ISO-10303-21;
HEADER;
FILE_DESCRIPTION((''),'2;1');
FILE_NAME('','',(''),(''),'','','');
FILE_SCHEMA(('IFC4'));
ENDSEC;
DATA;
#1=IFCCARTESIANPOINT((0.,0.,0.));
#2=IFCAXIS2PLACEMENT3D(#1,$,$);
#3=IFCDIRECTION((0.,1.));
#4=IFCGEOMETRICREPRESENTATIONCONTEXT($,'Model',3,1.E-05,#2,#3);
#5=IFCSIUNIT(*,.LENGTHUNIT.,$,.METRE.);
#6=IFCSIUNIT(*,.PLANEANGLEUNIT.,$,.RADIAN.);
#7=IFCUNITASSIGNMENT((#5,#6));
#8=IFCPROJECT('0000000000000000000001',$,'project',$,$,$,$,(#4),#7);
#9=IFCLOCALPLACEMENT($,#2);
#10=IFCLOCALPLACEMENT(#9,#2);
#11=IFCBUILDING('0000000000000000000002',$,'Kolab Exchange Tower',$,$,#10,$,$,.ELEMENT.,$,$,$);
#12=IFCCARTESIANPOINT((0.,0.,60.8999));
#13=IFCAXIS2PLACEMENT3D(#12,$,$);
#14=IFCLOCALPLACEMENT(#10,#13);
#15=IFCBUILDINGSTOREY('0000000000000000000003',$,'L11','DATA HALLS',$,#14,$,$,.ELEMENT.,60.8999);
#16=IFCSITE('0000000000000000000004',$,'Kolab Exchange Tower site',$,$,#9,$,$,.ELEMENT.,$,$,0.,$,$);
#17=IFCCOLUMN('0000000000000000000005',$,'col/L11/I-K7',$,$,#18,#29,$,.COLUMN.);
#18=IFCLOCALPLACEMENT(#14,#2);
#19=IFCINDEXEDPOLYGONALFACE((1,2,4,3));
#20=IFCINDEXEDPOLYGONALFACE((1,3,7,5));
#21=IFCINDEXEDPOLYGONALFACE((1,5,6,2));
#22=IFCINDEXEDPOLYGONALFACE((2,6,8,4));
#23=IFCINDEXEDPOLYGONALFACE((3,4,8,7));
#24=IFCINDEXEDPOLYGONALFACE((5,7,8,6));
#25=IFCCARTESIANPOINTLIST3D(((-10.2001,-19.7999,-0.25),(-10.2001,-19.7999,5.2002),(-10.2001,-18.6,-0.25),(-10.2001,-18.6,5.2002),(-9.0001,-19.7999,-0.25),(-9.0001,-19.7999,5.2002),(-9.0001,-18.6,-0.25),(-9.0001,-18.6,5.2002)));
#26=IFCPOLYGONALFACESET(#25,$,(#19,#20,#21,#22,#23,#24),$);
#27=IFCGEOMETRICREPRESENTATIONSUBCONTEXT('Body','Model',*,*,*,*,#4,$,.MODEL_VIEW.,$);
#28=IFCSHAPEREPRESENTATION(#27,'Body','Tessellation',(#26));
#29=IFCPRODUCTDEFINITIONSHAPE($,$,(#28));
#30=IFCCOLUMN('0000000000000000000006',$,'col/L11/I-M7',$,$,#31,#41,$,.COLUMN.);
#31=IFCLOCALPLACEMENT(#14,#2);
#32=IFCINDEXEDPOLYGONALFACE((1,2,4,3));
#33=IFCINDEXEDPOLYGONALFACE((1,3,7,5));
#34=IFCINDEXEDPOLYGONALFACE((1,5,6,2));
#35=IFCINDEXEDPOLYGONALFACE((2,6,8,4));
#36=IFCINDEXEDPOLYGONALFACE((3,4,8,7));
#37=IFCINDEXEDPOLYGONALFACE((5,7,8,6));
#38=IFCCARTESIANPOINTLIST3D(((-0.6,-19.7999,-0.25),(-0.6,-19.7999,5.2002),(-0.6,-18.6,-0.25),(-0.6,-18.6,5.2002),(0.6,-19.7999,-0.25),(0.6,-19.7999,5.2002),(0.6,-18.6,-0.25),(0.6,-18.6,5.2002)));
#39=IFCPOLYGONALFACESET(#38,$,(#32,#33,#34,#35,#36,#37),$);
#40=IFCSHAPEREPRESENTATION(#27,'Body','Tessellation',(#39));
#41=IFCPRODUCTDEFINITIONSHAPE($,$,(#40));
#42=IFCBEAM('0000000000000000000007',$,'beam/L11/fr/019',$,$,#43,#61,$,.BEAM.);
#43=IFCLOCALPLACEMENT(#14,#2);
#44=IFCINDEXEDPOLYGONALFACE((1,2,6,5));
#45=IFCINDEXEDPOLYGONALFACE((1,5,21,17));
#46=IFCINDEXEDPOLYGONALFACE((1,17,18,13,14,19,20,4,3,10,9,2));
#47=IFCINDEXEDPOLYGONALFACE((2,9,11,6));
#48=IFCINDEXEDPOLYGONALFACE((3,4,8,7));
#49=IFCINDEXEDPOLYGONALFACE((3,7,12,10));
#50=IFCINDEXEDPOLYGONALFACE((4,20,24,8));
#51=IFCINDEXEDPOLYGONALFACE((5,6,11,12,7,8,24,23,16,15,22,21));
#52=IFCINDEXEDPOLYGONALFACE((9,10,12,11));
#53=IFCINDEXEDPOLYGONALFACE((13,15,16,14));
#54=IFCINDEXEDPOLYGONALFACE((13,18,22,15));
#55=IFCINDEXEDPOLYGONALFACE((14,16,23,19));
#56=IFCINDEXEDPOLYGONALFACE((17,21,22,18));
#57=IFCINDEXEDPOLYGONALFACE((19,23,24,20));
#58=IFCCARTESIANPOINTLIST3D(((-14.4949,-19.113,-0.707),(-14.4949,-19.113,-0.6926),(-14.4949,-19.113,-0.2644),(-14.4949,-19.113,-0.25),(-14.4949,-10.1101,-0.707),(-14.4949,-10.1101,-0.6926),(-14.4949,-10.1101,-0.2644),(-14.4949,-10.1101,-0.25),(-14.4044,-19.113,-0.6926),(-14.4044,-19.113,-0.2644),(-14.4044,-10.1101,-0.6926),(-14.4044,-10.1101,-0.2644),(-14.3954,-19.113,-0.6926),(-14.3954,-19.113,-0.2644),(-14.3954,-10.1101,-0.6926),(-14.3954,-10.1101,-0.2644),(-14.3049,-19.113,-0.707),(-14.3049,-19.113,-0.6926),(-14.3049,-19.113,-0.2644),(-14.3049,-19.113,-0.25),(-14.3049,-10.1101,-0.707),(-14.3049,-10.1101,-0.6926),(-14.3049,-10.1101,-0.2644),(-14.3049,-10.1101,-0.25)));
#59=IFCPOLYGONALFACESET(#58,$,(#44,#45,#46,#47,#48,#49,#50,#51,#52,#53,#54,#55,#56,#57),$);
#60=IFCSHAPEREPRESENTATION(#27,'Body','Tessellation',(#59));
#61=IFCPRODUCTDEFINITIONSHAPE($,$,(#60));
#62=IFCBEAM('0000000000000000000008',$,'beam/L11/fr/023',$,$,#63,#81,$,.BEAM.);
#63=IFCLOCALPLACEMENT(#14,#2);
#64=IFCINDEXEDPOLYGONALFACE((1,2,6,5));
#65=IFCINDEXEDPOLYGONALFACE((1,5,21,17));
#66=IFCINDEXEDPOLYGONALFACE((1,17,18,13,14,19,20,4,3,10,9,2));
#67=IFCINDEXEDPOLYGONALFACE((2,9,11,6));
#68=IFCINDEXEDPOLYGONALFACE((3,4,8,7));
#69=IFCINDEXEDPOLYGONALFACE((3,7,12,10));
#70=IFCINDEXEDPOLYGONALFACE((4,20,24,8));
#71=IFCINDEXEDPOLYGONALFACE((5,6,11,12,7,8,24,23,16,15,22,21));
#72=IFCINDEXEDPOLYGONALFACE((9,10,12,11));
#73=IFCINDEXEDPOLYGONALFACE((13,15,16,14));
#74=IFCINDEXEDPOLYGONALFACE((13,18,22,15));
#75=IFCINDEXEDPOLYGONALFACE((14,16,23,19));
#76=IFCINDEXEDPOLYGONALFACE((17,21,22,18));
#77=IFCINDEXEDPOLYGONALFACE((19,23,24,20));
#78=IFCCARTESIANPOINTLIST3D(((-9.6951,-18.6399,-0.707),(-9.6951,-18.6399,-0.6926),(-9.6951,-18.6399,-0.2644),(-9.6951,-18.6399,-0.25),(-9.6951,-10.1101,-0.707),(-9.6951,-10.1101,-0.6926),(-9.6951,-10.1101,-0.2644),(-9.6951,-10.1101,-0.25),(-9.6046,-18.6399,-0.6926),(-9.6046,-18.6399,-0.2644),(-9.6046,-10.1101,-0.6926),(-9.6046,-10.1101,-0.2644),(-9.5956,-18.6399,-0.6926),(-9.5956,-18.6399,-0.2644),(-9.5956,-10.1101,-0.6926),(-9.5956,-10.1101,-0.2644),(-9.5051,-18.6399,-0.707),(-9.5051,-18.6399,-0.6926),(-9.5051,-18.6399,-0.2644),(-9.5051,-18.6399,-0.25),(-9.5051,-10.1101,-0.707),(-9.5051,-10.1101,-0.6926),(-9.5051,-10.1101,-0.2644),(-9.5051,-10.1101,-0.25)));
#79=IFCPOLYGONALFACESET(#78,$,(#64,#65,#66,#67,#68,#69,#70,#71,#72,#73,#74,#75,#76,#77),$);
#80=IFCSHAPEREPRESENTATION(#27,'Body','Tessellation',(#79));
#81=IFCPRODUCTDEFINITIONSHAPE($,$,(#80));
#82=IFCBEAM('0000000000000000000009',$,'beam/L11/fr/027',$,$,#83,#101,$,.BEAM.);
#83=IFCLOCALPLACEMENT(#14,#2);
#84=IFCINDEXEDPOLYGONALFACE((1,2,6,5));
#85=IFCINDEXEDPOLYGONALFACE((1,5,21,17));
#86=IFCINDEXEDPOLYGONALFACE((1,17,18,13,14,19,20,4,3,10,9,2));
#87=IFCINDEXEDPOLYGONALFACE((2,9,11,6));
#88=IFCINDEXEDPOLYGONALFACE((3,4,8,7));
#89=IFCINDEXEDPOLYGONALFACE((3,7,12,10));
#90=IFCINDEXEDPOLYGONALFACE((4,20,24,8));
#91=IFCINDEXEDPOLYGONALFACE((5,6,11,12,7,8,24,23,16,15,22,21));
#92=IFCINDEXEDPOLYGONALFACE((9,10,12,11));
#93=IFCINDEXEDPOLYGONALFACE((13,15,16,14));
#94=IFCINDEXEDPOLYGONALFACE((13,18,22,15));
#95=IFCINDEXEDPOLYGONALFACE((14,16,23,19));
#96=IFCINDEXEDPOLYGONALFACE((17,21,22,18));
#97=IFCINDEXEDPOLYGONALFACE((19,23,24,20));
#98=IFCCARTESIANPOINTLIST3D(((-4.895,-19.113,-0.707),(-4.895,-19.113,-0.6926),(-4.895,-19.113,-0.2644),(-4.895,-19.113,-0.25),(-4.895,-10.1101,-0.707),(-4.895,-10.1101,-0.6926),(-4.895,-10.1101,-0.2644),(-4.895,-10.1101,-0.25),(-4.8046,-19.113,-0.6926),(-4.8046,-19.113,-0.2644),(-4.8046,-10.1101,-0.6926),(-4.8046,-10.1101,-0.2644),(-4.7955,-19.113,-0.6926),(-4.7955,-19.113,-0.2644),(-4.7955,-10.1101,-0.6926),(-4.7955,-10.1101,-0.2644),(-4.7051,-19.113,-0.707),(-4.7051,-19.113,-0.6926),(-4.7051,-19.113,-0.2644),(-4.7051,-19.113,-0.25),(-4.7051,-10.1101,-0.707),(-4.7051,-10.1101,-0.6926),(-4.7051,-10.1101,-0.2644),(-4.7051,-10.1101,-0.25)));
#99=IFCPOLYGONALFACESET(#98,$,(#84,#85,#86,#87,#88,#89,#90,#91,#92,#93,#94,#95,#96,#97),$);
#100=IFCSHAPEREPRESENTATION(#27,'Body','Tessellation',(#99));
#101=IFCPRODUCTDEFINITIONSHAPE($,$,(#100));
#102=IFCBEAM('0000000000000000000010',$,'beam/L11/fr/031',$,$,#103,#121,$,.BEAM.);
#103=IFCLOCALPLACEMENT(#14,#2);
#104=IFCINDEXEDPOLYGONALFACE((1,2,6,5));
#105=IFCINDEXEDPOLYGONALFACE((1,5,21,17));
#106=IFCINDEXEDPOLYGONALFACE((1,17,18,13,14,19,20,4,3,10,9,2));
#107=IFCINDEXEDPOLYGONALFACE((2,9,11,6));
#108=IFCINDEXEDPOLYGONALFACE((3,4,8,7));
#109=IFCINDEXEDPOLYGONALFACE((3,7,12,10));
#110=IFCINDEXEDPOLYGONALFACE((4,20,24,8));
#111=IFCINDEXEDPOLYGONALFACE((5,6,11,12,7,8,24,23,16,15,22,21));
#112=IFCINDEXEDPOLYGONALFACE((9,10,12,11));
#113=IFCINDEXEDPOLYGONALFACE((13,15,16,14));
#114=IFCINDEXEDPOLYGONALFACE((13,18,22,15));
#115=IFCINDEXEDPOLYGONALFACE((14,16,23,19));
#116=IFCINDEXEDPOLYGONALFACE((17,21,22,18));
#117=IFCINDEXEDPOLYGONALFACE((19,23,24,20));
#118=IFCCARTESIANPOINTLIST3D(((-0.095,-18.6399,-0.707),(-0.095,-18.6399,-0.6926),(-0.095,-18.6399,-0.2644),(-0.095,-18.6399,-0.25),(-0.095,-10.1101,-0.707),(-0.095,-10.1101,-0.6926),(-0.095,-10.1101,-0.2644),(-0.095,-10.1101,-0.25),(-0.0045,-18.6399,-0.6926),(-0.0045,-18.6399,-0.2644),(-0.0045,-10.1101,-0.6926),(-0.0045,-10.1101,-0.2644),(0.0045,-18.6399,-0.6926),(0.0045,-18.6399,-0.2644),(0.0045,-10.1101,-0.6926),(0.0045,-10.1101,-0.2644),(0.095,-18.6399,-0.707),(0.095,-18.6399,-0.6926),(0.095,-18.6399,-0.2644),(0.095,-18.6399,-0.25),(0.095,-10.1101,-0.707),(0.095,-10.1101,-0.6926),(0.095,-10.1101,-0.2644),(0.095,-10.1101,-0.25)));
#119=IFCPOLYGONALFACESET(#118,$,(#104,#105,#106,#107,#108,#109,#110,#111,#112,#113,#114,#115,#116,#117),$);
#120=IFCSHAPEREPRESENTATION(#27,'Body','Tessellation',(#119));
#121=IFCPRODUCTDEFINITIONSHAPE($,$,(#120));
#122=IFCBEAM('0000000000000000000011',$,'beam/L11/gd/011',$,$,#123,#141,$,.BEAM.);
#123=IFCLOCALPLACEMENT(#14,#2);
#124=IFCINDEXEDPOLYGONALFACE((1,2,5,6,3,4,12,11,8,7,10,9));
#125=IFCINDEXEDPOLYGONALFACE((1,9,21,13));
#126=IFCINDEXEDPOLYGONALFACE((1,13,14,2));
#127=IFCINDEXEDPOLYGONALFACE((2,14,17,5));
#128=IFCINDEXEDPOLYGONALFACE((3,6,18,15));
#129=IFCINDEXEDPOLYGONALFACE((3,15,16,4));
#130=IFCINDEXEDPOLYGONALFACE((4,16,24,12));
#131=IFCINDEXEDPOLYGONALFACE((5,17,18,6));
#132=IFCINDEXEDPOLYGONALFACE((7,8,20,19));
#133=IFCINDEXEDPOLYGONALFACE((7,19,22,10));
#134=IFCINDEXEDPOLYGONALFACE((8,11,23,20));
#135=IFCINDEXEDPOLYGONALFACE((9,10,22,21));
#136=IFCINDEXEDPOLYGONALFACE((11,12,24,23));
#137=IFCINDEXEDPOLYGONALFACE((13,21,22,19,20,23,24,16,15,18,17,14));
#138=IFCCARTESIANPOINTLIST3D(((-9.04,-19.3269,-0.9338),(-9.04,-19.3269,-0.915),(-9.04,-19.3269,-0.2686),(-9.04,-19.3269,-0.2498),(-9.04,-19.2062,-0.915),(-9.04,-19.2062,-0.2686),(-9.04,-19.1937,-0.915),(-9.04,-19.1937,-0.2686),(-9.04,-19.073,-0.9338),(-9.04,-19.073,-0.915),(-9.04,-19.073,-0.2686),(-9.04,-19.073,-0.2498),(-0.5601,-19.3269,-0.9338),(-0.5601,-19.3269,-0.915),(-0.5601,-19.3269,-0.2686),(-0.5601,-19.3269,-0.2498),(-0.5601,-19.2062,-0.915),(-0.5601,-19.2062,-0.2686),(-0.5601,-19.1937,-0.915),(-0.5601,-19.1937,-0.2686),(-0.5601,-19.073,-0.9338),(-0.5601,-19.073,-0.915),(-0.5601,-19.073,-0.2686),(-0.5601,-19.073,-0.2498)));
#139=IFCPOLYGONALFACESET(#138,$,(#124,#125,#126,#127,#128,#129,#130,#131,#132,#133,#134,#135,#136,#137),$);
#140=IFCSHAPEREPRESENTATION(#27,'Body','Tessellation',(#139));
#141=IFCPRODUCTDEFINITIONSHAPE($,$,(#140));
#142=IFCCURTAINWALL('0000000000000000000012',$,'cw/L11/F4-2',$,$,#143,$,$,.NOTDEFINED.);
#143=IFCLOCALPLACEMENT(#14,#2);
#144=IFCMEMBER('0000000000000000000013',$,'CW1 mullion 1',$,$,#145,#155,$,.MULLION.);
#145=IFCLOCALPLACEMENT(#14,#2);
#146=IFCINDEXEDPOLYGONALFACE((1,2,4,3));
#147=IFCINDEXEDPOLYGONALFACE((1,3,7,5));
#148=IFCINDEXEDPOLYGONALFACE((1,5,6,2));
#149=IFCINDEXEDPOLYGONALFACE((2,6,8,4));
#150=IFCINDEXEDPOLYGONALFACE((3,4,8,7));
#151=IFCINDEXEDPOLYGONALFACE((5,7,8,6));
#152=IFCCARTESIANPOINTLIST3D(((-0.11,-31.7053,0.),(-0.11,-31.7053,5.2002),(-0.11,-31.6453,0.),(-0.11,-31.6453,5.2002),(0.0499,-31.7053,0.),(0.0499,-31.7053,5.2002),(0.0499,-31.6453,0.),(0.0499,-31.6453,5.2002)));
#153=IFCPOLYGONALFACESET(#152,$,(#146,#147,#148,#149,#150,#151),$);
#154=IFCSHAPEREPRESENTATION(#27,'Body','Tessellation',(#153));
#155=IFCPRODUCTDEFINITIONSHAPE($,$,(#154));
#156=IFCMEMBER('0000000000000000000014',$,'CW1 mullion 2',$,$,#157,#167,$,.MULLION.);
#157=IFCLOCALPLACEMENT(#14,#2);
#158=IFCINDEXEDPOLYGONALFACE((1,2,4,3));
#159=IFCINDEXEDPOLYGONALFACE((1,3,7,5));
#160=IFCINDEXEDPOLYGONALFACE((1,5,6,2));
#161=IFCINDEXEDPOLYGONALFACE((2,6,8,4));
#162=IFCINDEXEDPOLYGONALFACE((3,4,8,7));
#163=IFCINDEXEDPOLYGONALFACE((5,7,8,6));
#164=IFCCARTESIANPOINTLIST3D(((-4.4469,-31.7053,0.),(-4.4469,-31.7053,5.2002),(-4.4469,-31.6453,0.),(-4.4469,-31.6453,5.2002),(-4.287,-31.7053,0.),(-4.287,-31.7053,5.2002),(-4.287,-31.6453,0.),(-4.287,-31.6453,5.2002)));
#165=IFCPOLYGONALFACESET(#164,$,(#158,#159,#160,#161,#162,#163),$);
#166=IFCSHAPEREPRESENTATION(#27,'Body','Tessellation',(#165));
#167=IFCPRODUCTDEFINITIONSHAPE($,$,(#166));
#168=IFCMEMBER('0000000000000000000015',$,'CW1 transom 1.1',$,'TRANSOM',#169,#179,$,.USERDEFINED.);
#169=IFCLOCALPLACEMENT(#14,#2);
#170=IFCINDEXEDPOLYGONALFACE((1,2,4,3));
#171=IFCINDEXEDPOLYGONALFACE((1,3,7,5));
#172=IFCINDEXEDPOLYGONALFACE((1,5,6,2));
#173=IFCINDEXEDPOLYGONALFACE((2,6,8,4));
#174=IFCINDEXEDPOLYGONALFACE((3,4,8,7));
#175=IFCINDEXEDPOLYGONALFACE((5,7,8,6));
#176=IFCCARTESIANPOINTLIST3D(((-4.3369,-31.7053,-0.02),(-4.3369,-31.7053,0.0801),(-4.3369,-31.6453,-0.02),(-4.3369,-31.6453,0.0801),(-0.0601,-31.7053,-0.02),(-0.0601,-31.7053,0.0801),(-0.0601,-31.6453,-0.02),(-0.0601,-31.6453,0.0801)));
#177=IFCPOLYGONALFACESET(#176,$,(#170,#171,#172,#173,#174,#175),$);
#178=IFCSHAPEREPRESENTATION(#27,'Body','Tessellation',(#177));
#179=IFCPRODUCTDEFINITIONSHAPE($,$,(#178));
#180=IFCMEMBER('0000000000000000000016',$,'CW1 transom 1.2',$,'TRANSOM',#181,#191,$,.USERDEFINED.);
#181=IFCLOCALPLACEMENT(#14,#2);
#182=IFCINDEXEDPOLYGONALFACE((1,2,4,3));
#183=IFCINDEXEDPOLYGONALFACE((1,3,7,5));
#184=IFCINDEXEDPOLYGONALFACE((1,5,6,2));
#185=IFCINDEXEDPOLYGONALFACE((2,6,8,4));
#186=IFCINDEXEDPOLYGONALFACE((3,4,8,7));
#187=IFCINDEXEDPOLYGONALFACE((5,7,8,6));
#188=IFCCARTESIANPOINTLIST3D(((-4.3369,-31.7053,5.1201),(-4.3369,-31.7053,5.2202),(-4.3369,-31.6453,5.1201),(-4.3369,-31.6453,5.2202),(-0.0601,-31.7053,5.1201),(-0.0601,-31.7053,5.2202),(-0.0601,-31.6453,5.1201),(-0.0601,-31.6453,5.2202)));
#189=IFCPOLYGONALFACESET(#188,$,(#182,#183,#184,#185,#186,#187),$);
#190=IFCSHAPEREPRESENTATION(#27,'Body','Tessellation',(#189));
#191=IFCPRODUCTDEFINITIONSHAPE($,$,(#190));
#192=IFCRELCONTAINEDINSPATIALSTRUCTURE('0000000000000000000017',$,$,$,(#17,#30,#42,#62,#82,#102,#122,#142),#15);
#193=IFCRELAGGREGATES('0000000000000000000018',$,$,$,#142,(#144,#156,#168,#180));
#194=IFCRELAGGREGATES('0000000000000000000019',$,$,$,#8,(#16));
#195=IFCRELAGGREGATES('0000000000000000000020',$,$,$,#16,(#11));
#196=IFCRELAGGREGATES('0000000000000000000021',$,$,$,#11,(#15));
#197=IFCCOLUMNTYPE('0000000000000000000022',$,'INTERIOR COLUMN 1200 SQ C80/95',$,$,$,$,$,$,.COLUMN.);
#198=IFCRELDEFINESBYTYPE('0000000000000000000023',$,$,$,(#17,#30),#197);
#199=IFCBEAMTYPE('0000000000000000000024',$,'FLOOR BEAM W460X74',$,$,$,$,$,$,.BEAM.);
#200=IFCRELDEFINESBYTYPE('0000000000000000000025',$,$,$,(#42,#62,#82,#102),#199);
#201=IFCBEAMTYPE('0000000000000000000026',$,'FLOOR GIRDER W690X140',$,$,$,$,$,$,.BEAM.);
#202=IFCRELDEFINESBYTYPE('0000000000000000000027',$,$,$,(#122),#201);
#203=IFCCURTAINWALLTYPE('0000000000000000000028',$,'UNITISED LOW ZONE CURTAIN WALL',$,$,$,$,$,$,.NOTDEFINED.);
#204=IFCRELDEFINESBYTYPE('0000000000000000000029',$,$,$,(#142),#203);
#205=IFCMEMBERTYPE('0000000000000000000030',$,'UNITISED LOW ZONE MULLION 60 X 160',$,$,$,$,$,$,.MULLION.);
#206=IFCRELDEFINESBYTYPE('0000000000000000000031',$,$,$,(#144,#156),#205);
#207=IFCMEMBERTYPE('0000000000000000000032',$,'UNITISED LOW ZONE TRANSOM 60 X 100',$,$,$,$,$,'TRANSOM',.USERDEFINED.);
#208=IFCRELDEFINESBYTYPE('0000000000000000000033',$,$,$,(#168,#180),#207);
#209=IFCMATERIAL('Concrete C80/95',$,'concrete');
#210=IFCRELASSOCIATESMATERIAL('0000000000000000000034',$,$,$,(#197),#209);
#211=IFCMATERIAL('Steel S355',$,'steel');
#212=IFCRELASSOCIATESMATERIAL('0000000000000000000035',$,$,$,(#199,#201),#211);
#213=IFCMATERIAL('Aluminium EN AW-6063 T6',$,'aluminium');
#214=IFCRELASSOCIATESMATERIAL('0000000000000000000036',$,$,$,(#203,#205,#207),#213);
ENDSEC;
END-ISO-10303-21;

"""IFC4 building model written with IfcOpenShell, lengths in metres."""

from ifc_helpers import new_model, si_unit, direction, frame, origin, origin_2d, place, context, subcontext, project, spatial, rectangle, i_section, extrude, material, material_profile, profile_set, type_object, element, aggregate, save


model = new_model("IFC4")

# Units and contexts
model_context = context("Model", 3, precision=1e-05, world=origin(), true_north=direction((0.0, 1.0)))
body_context = subcontext(model_context, "Body", "Model", "MODEL_VIEW")
ifc_project = project(units=[si_unit("LENGTHUNIT", "METRE"), si_unit("PLANEANGLEUNIT", "RADIAN")], contexts=[model_context])

# Site, building, storey
site_placement = place(None, origin())
site = spatial("IfcSite", under=ifc_project, at=site_placement, Name="Kolab Exchange Tower site", CompositionType="ELEMENT", RefElevation=0.0)
building_placement = place(site_placement, origin())
building = spatial("IfcBuilding", under=site, at=building_placement, Name="Kolab Exchange Tower", CompositionType="ELEMENT")
storey_placement = place(building_placement, frame((0.0, 0.0, 60.8999)))
storey = spatial("IfcBuildingStorey", under=building, at=storey_placement, Name="L11", Description="DATA HALLS", CompositionType="ELEMENT", Elevation=60.8999)

# Columns
ifc_material_1 = material(Name="Concrete C80/95", Category="concrete")
ifc_material_profile_1 = material_profile(ifc_material_1, rectangle(XDim=1.2, YDim=1.2, at=origin_2d()), Name="RC1200")
ifc_profile_set_1 = profile_set([ifc_material_profile_1], Name="Concrete C80/95")
column_type = type_object("IfcColumnType", Name="INTERIOR COLUMN 1200 SQ C80/95", PredefinedType="COLUMN", material=ifc_profile_set_1)
for number, where, z_axis, x_axis, name in (
    (1, (-9.6001, -19.2, -0.25), (0.0, 0.0, 1.0), (1.0, 0.0, 0.0), "col/L11/I-K7"),
    (2, (0.0, -19.2, -0.25), (0.0, 0.0, 1.0), (1.0, 0.0, 0.0), "col/L11/I-M7"),
):
    element("IfcColumn", number, at=place(storey_placement, frame(where, z_axis=z_axis, x_axis=x_axis)), inside=storey, type_object=column_type, Name=name, PredefinedType="COLUMN", context=body_context, shape_type="SweptSolid", body=[
        extrude(rectangle(XDim=1.2, YDim=1.2, at=origin_2d()), origin(), (0.0, 0.0, 1.0), 5.4502),
    ])

# Beams
ifc_material_2 = material(Name="Steel S355", Category="steel")
ifc_material_profile_2 = material_profile(ifc_material_2, i_section(OverallWidth=0.1899, OverallDepth=0.457, WebThickness=0.009, FlangeThickness=0.0144, at=origin_2d()), Name="W460X74")
ifc_profile_set_2 = profile_set([ifc_material_profile_2], Name="Steel S355")
beam_type_1 = type_object("IfcBeamType", Name="FLOOR BEAM W460X74", PredefinedType="BEAM", material=ifc_profile_set_2)
beam_1_placement = place(storey_placement, frame((-14.3999, -19.113, -0.4785), z_axis=(0.0, 1.0, 0.0), x_axis=(-1.0, 0.0, 0.0)))
element("IfcBeam", 3, at=beam_1_placement, inside=storey, type_object=beam_type_1, Name="beam/L11/fr/019", PredefinedType="BEAM", context=body_context, shape_type="SweptSolid", body=[
    extrude(i_section(OverallWidth=0.1899, OverallDepth=0.457, WebThickness=0.009, FlangeThickness=0.0144, at=origin_2d()), origin(), (0.0, 0.0, 1.0), 9.0029),
])
beam_2_placement = place(storey_placement, frame((-9.6001, -18.6399, -0.4785), z_axis=(0.0, 1.0, 0.0), x_axis=(-1.0, 0.0, 0.0)))
element("IfcBeam", 4, at=beam_2_placement, inside=storey, type_object=beam_type_1, Name="beam/L11/fr/023", PredefinedType="BEAM", context=body_context, shape_type="SweptSolid", body=[
    extrude(i_section(OverallWidth=0.1899, OverallDepth=0.457, WebThickness=0.009, FlangeThickness=0.0144, at=origin_2d()), origin(), (0.0, 0.0, 1.0), 8.5298),
])
beam_3_placement = place(storey_placement, frame((-4.8, -19.113, -0.4785), z_axis=(0.0, 1.0, 0.0), x_axis=(-1.0, 0.0, 0.0)))
element("IfcBeam", 5, at=beam_3_placement, inside=storey, type_object=beam_type_1, Name="beam/L11/fr/027", PredefinedType="BEAM", context=body_context, shape_type="SweptSolid", body=[
    extrude(i_section(OverallWidth=0.1899, OverallDepth=0.457, WebThickness=0.009, FlangeThickness=0.0144, at=origin_2d()), origin(), (0.0, 0.0, 1.0), 9.0029),
])
beam_4_placement = place(storey_placement, frame((0.0, -18.6399, -0.4785), z_axis=(0.0, 1.0, 0.0), x_axis=(-1.0, 0.0, 0.0)))
element("IfcBeam", 6, at=beam_4_placement, inside=storey, type_object=beam_type_1, Name="beam/L11/fr/031", PredefinedType="BEAM", context=body_context, shape_type="SweptSolid", body=[
    extrude(i_section(OverallWidth=0.1899, OverallDepth=0.457, WebThickness=0.009, FlangeThickness=0.0144, at=origin_2d()), origin(), (0.0, 0.0, 1.0), 8.5298),
])
ifc_material_profile_3 = material_profile(ifc_material_2, i_section(OverallWidth=0.2539, OverallDepth=0.6841, WebThickness=0.0125, FlangeThickness=0.0188, at=origin_2d()), Name="W690X140")
ifc_profile_set_3 = profile_set([ifc_material_profile_3], Name="Steel S355")
beam_type_2 = type_object("IfcBeamType", Name="FLOOR GIRDER W690X140", PredefinedType="BEAM", material=ifc_profile_set_3)
beam_5_placement = place(storey_placement, frame((-9.04, -19.2, -0.5918), z_axis=(1.0, 0.0, 0.0), x_axis=(0.0, 1.0, 0.0)))
element("IfcBeam", 7, at=beam_5_placement, inside=storey, type_object=beam_type_2, Name="beam/L11/gd/011", PredefinedType="BEAM", context=body_context, shape_type="SweptSolid", body=[
    extrude(i_section(OverallWidth=0.2539, OverallDepth=0.6841, WebThickness=0.0125, FlangeThickness=0.0188, at=origin_2d()), origin(), (0.0, 0.0, 1.0), 8.48),
])

# Curtain wall, members
ifc_material_3 = material(Name="Aluminium EN AW-6063 T6", Category="aluminium")
curtain_wall_type = type_object("IfcCurtainWallType", Name="UNITISED LOW ZONE CURTAIN WALL", PredefinedType="NOTDEFINED", material=ifc_material_3)
curtain_wall_placement = place(storey_placement, origin())
curtain_wall = element("IfcCurtainWall", 8, at=curtain_wall_placement, inside=storey, type_object=curtain_wall_type, Name="cw/L11/F4-2", PredefinedType="NOTDEFINED")
ifc_material_profile_4 = material_profile(ifc_material_3, rectangle(XDim=0.0601, YDim=0.1599, at=origin_2d()), Name="RECT 60X160")
ifc_profile_set_4 = profile_set([ifc_material_profile_4], Name="Aluminium EN AW-6063 T6")
member_type_1 = type_object("IfcMemberType", Name="UNITISED LOW ZONE MULLION 60 X 160", PredefinedType="MULLION", material=ifc_profile_set_4)
member_1_placement = place(storey_placement, frame((-0.03, -31.6753, 0.0), z_axis=(0.0, 0.0, 1.0), x_axis=(0.0, -1.0, 0.0)))
member_1 = element("IfcMember", 9, at=member_1_placement, type_object=member_type_1, Name="CW1 mullion 1", PredefinedType="MULLION", context=body_context, shape_type="SweptSolid", body=[
    extrude(rectangle(XDim=0.0601, YDim=0.1599, at=origin_2d()), origin(), (0.0, 0.0, 1.0), 5.2002),
])
member_2_placement = place(storey_placement, frame((-4.3669, -31.6753, 0.0), z_axis=(0.0, 0.0, 1.0), x_axis=(0.0, -1.0, 0.0)))
member_2 = element("IfcMember", 10, at=member_2_placement, type_object=member_type_1, Name="CW1 mullion 2", PredefinedType="MULLION", context=body_context, shape_type="SweptSolid", body=[
    extrude(rectangle(XDim=0.0601, YDim=0.1599, at=origin_2d()), origin(), (0.0, 0.0, 1.0), 5.2002),
])
ifc_material_profile_5 = material_profile(ifc_material_3, rectangle(XDim=0.0601, YDim=0.1001, at=origin_2d()), Name="RECT 60X100")
ifc_profile_set_5 = profile_set([ifc_material_profile_5], Name="Aluminium EN AW-6063 T6")
member_type_2 = type_object("IfcMemberType", Name="UNITISED LOW ZONE TRANSOM 60 X 100", ElementType="TRANSOM", PredefinedType="USERDEFINED", material=ifc_profile_set_5)
member_3_placement = place(storey_placement, frame((-0.0601, -31.6753, 0.03), z_axis=(-1.0, 0.0, 0.0), x_axis=(0.0, -1.0, 0.0)))
member_3 = element("IfcMember", 11, at=member_3_placement, type_object=member_type_2, Name="CW1 transom 1.1", ObjectType="TRANSOM", PredefinedType="USERDEFINED", context=body_context, shape_type="SweptSolid", body=[
    extrude(rectangle(XDim=0.0601, YDim=0.1001, at=origin_2d()), origin(), (0.0, 0.0, 1.0), 4.2769),
])
member_4_placement = place(storey_placement, frame((-0.0601, -31.6753, 5.1702), z_axis=(-1.0, 0.0, 0.0), x_axis=(0.0, -1.0, 0.0)))
member_4 = element("IfcMember", 12, at=member_4_placement, type_object=member_type_2, Name="CW1 transom 1.2", ObjectType="TRANSOM", PredefinedType="USERDEFINED", context=body_context, shape_type="SweptSolid", body=[
    extrude(rectangle(XDim=0.0601, YDim=0.1001, at=origin_2d()), origin(), (0.0, 0.0, 1.0), 4.2769),
])
aggregate(curtain_wall, [member_1, member_2, member_3, member_4])

save(model, "model.ifc")
